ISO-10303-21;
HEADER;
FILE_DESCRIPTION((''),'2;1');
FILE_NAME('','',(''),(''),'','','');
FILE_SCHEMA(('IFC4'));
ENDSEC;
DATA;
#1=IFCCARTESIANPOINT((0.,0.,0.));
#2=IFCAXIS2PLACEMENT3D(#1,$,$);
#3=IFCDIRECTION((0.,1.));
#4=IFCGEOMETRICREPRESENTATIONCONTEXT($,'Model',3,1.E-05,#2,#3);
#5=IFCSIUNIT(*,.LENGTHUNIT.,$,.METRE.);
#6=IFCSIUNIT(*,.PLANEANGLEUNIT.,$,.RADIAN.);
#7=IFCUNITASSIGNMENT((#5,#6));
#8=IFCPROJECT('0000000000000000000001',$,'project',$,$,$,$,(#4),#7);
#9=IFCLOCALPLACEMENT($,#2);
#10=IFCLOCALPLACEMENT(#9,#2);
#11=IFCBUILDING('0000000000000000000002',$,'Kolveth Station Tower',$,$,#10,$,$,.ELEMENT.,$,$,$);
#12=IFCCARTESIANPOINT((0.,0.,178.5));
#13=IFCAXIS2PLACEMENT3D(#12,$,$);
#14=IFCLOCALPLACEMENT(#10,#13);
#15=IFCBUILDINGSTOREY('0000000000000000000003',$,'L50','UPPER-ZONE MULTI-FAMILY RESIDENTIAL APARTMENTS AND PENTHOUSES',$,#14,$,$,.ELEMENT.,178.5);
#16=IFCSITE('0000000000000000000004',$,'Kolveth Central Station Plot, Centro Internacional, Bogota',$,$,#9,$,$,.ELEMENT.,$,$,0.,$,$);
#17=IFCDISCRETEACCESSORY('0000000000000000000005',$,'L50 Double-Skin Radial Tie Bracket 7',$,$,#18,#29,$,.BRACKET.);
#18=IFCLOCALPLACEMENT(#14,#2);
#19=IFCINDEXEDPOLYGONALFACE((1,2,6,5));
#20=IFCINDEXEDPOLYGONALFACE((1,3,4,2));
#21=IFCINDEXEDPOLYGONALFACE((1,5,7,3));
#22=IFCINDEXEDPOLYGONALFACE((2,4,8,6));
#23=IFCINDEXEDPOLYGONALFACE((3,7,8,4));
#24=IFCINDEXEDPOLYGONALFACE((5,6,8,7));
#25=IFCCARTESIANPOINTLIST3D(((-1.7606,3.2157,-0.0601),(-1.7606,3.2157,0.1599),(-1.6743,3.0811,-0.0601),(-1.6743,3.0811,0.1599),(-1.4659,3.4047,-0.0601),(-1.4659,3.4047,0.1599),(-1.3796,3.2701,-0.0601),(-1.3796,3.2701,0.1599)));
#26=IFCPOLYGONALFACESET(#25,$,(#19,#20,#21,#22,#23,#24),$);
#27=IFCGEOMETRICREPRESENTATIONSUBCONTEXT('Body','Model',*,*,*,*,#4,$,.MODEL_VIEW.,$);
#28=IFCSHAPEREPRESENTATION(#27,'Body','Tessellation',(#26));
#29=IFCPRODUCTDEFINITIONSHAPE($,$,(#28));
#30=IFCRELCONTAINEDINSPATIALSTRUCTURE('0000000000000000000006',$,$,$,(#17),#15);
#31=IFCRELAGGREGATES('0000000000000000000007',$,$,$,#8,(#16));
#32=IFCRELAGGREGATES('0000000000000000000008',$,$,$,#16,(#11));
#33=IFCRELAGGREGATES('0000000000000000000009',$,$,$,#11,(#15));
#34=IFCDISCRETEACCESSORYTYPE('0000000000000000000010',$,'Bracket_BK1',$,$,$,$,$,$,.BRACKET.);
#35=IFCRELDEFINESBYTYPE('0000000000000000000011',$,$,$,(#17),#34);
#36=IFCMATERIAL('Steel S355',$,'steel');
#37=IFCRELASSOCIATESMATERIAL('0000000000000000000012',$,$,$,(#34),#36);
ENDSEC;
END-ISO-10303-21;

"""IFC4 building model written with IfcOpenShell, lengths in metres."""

from ifc_helpers import new_model, si_unit, direction, frame, origin, origin_2d, place, context, subcontext, project, spatial, rectangle, extrude, source, transform, mapped, material, type_object, element, save


model = new_model("IFC4")

# Units and contexts
model_context = context("Model", 3, precision=1e-05, world=origin(), true_north=direction((0.0, 1.0)))
body_context = subcontext(model_context, "Body", "Model", "MODEL_VIEW")
ifc_project = project(units=[si_unit("LENGTHUNIT", "METRE"), si_unit("PLANEANGLEUNIT", "RADIAN")], contexts=[model_context])

# Site, building, storey
site_placement = place(None, origin())
site = spatial("IfcSite", under=ifc_project, at=site_placement, Name="Kolveth Central Station Plot, Centro Internacional, Bogota", CompositionType="ELEMENT", RefElevation=0.0)
building_placement = place(site_placement, origin())
building = spatial("IfcBuilding", under=site, at=building_placement, Name="Kolveth Station Tower", CompositionType="ELEMENT")
storey_placement = place(building_placement, frame((0.0, 0.0, 178.5)))
storey = spatial("IfcBuildingStorey", under=building, at=storey_placement, Name="L50", Description="UPPER-ZONE MULTI-FAMILY RESIDENTIAL APARTMENTS AND PENTHOUSES", CompositionType="ELEMENT", Elevation=178.5)

# Shared definitions
ifc_material_1 = material(Name="Steel S355", Category="steel")

# Discrete accessory
discrete_accessory_type = type_object("IfcDiscreteAccessoryType", Name="Bracket_BK1", PredefinedType="BRACKET", material=ifc_material_1)
shared_shape_1 = source(origin(), body_context, "Body", "SweptSolid", [
    extrude(rectangle(XDim=0.3501, YDim=0.1599, at=origin_2d()), origin(), (0.0, 0.0, 1.0), 0.22),
])
discrete_accessory_placement = place(storey_placement, frame((-1.5701, 3.2429, -0.0601), z_axis=(0.0, 0.0, 1.0), x_axis=(-0.841794, -0.5398, 0.0)))
element("IfcDiscreteAccessory", 1, at=discrete_accessory_placement, inside=storey, type_object=discrete_accessory_type, Name="L50 Double-Skin Radial Tie Bracket 7", PredefinedType="BRACKET", context=body_context, shape_type="MappedRepresentation", body=[
    mapped(shared_shape_1, transform((0.0, 0.0, 0.0), x_axis=(1.0, 0.0, 0.0), y_axis=(0.0, 1.0, 0.0), z_axis=(0.0, 0.0, 1.0), scale=1.0)),
])

save(model, "model.ifc")
